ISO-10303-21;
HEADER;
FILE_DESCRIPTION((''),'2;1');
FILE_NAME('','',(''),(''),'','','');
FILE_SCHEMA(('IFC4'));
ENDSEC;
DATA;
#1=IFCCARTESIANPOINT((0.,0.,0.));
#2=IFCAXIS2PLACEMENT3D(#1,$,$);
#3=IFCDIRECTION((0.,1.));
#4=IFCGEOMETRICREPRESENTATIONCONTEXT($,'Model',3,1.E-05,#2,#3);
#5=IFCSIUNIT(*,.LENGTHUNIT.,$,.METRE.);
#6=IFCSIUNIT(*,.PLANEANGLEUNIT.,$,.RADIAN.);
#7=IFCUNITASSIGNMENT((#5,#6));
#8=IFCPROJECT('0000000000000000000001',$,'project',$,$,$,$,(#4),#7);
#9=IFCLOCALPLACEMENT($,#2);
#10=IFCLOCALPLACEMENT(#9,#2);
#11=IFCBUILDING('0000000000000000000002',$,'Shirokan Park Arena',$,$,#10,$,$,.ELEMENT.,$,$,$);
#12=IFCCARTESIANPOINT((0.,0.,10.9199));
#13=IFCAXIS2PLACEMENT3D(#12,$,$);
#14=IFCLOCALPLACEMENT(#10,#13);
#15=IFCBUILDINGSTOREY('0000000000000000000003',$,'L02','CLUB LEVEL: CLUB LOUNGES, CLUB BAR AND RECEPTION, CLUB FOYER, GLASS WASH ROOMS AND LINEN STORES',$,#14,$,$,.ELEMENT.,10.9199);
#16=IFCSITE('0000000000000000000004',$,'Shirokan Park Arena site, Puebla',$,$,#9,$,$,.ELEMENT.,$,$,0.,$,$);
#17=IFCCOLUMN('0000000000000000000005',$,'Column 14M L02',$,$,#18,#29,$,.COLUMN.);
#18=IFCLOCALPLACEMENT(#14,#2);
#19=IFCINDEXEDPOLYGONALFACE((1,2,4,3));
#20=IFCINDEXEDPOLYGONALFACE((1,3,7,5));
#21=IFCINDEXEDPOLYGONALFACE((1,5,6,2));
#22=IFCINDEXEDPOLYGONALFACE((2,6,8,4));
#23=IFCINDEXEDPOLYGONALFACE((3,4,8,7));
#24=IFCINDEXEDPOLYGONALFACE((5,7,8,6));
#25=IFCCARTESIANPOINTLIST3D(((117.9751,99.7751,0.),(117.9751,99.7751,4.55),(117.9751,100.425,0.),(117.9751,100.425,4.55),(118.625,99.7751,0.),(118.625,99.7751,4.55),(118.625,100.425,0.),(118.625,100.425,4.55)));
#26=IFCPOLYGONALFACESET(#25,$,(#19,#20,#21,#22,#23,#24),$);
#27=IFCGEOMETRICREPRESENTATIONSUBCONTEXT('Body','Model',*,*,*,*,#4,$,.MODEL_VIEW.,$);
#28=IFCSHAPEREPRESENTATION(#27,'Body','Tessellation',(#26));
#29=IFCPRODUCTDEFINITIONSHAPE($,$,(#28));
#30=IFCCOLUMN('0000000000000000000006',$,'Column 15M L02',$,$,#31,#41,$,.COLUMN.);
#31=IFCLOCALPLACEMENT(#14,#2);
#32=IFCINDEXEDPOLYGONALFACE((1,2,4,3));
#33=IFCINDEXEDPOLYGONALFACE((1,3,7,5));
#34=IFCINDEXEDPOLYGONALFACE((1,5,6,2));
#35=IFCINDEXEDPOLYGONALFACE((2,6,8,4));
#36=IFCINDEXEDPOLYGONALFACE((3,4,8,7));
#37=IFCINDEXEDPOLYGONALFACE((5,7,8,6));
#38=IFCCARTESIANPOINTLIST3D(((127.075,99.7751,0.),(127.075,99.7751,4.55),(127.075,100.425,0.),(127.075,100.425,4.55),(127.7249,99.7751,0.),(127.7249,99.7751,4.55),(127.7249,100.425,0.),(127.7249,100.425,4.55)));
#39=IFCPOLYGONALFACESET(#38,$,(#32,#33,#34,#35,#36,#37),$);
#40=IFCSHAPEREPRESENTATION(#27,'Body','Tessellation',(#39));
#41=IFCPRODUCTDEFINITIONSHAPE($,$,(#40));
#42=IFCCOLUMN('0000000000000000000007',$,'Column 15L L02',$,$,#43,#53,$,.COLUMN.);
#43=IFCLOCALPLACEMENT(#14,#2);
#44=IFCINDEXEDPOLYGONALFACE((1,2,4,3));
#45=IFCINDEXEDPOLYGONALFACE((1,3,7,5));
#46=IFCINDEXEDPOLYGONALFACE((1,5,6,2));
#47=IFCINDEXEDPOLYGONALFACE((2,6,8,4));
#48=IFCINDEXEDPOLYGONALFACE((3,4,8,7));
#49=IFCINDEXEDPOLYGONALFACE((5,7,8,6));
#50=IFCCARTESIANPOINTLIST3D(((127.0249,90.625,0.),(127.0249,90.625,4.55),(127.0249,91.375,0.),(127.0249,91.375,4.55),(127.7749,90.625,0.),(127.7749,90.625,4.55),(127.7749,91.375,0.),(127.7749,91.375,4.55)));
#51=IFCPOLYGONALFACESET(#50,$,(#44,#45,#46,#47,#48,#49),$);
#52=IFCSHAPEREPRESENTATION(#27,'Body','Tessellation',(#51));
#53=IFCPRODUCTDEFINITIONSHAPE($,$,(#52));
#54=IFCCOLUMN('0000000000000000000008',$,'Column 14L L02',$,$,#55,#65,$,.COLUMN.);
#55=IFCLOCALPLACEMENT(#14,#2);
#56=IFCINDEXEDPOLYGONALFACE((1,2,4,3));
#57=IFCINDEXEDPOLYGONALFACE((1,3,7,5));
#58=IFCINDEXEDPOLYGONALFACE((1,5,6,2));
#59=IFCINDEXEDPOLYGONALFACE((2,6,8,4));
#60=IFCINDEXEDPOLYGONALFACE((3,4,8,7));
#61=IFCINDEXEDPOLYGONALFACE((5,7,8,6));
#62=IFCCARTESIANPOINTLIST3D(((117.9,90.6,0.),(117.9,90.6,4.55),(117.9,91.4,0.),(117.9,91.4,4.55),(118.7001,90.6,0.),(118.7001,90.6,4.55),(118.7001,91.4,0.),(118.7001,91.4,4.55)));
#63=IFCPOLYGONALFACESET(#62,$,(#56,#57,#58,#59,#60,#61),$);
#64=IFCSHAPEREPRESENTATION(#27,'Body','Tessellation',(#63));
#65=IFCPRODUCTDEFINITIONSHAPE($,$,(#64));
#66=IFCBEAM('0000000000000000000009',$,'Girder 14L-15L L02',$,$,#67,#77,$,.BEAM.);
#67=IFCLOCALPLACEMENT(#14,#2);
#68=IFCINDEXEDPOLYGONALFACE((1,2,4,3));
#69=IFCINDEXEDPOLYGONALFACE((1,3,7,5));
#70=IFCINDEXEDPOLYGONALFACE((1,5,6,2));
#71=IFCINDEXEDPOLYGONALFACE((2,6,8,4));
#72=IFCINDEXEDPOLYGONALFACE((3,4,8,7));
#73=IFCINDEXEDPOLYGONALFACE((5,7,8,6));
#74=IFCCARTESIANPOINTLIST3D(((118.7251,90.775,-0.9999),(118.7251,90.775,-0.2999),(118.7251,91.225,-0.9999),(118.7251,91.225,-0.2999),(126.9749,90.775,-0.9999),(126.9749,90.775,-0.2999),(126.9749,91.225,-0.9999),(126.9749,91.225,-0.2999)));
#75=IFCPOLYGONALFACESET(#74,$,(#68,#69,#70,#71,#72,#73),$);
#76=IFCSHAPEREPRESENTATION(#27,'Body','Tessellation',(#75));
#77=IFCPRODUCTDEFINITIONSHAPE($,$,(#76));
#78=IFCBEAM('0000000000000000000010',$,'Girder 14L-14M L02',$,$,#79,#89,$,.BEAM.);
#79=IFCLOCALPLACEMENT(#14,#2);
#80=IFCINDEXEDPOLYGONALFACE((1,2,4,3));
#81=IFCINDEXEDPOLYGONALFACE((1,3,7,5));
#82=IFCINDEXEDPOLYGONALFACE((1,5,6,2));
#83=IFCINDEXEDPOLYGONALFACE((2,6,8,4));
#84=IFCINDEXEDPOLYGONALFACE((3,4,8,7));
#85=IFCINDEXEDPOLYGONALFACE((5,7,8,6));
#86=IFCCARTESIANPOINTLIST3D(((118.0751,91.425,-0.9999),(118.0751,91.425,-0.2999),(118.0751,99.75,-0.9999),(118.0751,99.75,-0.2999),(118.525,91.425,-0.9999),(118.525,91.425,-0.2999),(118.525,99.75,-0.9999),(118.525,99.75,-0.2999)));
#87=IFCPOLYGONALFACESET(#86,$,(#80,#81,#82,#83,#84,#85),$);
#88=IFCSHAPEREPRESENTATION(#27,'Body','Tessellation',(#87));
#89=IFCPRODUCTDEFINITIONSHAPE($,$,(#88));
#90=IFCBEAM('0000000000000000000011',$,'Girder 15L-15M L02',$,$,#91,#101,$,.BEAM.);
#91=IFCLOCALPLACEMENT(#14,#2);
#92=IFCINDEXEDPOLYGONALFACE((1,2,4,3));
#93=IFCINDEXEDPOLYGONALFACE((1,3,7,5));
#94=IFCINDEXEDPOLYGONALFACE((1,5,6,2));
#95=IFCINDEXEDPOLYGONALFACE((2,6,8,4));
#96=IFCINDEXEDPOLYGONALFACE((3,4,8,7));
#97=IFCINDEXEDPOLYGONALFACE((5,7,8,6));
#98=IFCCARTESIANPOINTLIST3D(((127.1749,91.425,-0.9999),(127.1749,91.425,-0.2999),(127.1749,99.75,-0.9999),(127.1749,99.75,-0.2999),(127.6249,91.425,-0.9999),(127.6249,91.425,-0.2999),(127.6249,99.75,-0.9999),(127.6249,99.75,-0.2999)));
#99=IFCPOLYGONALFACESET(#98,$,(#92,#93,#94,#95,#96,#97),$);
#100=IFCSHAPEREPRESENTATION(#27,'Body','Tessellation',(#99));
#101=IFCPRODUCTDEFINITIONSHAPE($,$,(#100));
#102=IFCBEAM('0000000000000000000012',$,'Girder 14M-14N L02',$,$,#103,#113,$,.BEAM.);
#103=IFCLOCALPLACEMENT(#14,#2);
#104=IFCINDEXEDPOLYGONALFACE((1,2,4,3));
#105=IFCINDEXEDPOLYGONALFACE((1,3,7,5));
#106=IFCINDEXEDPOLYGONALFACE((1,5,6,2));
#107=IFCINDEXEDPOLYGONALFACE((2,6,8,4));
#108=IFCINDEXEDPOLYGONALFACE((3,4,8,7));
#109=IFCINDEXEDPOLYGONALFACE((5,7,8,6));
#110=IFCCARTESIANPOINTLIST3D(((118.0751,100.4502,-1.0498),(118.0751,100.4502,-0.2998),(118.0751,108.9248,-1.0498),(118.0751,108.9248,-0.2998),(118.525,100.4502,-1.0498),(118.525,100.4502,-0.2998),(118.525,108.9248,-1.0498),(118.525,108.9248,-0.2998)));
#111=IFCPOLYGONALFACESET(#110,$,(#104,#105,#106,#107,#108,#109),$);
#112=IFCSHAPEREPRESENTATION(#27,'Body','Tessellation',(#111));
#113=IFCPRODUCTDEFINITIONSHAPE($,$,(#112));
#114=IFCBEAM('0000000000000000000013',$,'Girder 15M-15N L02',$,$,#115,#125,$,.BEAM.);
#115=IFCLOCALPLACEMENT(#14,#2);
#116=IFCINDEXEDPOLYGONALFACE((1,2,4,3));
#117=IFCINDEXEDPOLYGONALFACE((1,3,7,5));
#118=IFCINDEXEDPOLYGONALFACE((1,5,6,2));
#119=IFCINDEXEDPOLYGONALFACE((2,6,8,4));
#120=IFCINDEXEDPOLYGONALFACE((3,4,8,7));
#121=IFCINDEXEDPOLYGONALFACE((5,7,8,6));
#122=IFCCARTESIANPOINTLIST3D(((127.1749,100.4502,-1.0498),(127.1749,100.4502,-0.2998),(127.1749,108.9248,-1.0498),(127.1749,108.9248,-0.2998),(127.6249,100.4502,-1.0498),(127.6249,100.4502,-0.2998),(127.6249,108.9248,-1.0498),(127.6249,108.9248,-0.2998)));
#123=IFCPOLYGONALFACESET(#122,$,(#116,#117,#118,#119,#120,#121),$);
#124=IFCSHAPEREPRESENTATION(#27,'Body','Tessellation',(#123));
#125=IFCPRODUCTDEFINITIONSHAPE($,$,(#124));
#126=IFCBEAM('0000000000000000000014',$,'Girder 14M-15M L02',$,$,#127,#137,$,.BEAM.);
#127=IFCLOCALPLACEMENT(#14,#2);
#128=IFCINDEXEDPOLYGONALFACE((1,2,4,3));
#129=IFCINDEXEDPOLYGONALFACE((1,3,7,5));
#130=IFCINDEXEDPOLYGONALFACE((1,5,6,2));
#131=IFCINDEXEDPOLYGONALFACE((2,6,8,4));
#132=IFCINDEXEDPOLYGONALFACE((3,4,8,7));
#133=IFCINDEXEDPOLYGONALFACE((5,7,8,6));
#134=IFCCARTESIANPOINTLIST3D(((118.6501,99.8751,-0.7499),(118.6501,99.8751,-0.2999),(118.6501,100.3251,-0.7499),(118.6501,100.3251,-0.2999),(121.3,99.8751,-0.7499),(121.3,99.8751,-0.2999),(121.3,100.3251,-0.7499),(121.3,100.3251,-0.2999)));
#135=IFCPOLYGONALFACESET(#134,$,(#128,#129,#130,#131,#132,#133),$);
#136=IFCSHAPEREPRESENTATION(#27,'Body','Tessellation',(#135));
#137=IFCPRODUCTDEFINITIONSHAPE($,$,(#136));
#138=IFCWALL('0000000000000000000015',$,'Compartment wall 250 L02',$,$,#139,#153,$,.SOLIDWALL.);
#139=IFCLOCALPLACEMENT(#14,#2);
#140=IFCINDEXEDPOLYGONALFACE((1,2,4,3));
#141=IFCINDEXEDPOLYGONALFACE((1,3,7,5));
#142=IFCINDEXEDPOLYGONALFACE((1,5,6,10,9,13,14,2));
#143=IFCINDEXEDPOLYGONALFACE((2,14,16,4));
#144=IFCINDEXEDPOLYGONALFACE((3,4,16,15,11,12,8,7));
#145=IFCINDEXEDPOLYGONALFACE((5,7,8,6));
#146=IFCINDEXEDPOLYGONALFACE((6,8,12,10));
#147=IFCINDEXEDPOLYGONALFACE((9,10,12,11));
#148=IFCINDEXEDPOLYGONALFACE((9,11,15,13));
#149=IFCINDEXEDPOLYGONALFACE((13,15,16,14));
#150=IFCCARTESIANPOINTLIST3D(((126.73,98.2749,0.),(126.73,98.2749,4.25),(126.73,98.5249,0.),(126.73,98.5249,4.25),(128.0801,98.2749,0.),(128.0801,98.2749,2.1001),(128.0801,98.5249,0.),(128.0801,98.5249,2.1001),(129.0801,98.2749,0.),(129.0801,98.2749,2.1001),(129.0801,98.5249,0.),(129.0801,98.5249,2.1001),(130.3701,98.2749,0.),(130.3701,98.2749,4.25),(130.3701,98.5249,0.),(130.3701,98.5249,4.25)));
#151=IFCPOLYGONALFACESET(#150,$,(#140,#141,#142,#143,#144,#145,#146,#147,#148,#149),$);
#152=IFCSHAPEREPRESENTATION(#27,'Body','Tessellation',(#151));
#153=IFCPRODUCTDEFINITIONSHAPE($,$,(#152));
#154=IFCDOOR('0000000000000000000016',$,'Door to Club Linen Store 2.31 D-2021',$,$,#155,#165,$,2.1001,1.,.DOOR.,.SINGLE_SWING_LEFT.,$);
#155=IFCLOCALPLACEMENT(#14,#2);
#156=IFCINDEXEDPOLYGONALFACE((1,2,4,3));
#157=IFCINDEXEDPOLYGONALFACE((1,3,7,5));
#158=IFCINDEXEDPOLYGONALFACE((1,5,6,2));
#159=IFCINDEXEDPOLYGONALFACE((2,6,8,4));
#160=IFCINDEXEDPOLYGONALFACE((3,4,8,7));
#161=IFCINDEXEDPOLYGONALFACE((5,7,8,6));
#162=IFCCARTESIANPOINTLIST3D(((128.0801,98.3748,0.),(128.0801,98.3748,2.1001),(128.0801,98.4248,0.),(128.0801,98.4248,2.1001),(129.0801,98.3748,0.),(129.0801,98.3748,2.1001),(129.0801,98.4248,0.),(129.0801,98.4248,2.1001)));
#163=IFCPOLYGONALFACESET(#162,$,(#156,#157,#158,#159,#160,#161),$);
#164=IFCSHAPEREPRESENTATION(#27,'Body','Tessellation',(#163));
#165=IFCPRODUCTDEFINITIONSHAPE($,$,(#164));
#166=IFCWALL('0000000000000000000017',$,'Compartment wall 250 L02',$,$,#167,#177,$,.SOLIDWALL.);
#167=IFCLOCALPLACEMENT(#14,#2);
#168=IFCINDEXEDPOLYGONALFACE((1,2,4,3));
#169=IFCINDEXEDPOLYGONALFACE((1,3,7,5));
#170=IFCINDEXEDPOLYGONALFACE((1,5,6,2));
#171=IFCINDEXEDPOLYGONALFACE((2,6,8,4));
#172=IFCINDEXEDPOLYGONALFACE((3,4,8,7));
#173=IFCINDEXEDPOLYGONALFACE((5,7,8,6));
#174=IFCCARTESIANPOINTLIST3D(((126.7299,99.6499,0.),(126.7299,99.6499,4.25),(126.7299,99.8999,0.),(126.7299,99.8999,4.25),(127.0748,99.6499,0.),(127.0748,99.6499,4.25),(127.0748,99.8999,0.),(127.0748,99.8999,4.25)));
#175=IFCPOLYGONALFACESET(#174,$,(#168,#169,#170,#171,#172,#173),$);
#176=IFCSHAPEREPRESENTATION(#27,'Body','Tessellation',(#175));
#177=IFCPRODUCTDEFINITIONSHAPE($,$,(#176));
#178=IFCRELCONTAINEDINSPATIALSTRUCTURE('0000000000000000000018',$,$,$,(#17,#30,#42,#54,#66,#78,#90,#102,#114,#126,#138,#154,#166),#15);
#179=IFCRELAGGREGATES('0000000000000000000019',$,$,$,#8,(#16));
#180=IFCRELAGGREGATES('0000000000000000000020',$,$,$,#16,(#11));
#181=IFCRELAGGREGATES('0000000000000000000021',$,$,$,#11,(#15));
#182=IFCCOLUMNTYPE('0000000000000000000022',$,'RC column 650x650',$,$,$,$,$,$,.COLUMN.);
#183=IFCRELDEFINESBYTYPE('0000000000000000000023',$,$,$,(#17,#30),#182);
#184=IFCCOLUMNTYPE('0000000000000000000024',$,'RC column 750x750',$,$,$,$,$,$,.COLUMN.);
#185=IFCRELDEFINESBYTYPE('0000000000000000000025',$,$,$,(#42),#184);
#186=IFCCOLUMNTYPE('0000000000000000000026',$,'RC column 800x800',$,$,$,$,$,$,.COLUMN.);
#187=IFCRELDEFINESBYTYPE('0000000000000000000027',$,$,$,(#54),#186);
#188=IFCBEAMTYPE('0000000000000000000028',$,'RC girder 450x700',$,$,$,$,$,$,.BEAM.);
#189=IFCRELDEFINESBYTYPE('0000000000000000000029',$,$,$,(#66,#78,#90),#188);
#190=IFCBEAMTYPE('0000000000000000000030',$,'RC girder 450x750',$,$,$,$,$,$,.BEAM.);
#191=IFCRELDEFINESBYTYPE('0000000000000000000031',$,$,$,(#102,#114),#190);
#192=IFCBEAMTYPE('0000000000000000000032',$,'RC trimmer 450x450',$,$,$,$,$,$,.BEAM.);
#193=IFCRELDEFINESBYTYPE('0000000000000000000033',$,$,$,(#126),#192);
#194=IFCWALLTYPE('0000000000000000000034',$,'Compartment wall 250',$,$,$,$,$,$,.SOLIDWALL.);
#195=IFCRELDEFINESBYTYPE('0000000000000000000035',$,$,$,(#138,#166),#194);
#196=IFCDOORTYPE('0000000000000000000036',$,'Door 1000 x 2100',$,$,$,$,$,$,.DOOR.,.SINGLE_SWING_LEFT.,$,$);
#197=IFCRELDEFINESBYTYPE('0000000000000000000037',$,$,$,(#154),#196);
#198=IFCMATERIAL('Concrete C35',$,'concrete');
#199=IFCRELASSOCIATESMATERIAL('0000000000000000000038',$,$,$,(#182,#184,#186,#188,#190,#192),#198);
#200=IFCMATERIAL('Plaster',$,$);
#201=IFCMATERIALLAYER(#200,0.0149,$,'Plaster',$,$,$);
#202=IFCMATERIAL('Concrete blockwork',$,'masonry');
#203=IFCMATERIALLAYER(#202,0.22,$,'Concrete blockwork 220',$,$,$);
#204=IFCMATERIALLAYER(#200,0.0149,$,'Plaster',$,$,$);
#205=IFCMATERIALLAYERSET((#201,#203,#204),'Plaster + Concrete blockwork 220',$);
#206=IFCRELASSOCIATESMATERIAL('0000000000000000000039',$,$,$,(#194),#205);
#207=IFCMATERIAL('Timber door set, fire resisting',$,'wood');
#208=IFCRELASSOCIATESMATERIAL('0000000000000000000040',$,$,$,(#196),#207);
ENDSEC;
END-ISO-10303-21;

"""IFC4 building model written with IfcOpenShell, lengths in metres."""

from ifc_helpers import new_model, si_unit, direction, frame, frame_2d, origin, origin_2d, place, context, subcontext, project, spatial, rectangle, extrude, material, layer, layer_set, material_profile, profile_set, type_object, element, fill, save


model = new_model("IFC4")

# Units and contexts
model_context = context("Model", 3, precision=1e-05, world=origin(), true_north=direction((0.0, 1.0)))
body_context = subcontext(model_context, "Body", "Model", "MODEL_VIEW")
ifc_project = project(units=[si_unit("LENGTHUNIT", "METRE"), si_unit("PLANEANGLEUNIT", "RADIAN")], contexts=[model_context])

# Site, building, storey
site_placement = place(None, origin())
site = spatial("IfcSite", under=ifc_project, at=site_placement, Name="Shirokan Park Arena site, Puebla", CompositionType="ELEMENT", RefElevation=0.0)
building_placement = place(site_placement, origin())
building = spatial("IfcBuilding", under=site, at=building_placement, Name="Shirokan Park Arena", CompositionType="ELEMENT")
storey_placement = place(building_placement, frame((0.0, 0.0, 10.9199)))
storey = spatial("IfcBuildingStorey", under=building, at=storey_placement, Name="L02", Description="CLUB LEVEL: CLUB LOUNGES, CLUB BAR AND RECEPTION, CLUB FOYER, GLASS WASH ROOMS AND LINEN STORES", CompositionType="ELEMENT", Elevation=10.9199)

# Columns
ifc_material_1 = material(Name="Concrete C35", Category="concrete")
ifc_material_profile_1 = material_profile(ifc_material_1, rectangle(XDim=0.6499, YDim=0.6499, at=origin_2d()), Name="650x650")
ifc_profile_set_1 = profile_set([ifc_material_profile_1], Name="Concrete C35")
column_type_1 = type_object("IfcColumnType", Name="RC column 650x650", PredefinedType="COLUMN", material=ifc_profile_set_1)
for number, where, z_axis, x_axis, name in (
    (1, (118.3, 100.1001, 0.0), (0.0, 0.0, 1.0), (1.0, 0.0, 0.0), "Column 14M L02"),
    (2, (127.3999, 100.1001, 0.0), (0.0, 0.0, 1.0), (1.0, 0.0, 0.0), "Column 15M L02"),
):
    element("IfcColumn", number, at=place(storey_placement, frame(where, z_axis=z_axis, x_axis=x_axis)), inside=storey, type_object=column_type_1, Name=name, PredefinedType="COLUMN", context=body_context, shape_type="SweptSolid", body=[
        extrude(rectangle(XDim=0.6499, YDim=0.6499, at=origin_2d()), origin(), (0.0, 0.0, 1.0), 4.55),
    ])
ifc_material_profile_2 = material_profile(ifc_material_1, rectangle(XDim=0.75, YDim=0.75, at=origin_2d()), Name="750x750")
ifc_profile_set_2 = profile_set([ifc_material_profile_2], Name="Concrete C35")
column_type_2 = type_object("IfcColumnType", Name="RC column 750x750", PredefinedType="COLUMN", material=ifc_profile_set_2)
column_1_placement = place(storey_placement, frame((127.3999, 91.0, 0.0), z_axis=(0.0, 0.0, 1.0), x_axis=(1.0, 0.0, 0.0)))
element("IfcColumn", 3, at=column_1_placement, inside=storey, type_object=column_type_2, Name="Column 15L L02", PredefinedType="COLUMN", context=body_context, shape_type="SweptSolid", body=[
    extrude(rectangle(XDim=0.75, YDim=0.75, at=origin_2d()), origin(), (0.0, 0.0, 1.0), 4.55),
])
ifc_material_profile_3 = material_profile(ifc_material_1, rectangle(XDim=0.8, YDim=0.8, at=origin_2d()), Name="800x800")
ifc_profile_set_3 = profile_set([ifc_material_profile_3], Name="Concrete C35")
column_type_3 = type_object("IfcColumnType", Name="RC column 800x800", PredefinedType="COLUMN", material=ifc_profile_set_3)
column_2_placement = place(storey_placement, frame((118.3, 91.0, 0.0), z_axis=(0.0, 0.0, 1.0), x_axis=(1.0, 0.0, 0.0)))
element("IfcColumn", 4, at=column_2_placement, inside=storey, type_object=column_type_3, Name="Column 14L L02", PredefinedType="COLUMN", context=body_context, shape_type="SweptSolid", body=[
    extrude(rectangle(XDim=0.8, YDim=0.8, at=origin_2d()), origin(), (0.0, 0.0, 1.0), 4.55),
])

# Beams
ifc_material_profile_4 = material_profile(ifc_material_1, rectangle(XDim=0.45, YDim=0.7, at=origin_2d()), Name="450x700")
ifc_profile_set_4 = profile_set([ifc_material_profile_4], Name="Concrete C35")
beam_type_1 = type_object("IfcBeamType", Name="RC girder 450x700", PredefinedType="BEAM", material=ifc_profile_set_4)
beam_1_placement = place(storey_placement, frame((118.7251, 91.0, -0.6499), z_axis=(1.0, 0.0, 0.0), x_axis=(0.0, 1.0, 0.0)))
element("IfcBeam", 5, at=beam_1_placement, inside=storey, type_object=beam_type_1, Name="Girder 14L-15L L02", PredefinedType="BEAM", context=body_context, shape_type="SweptSolid", body=[
    extrude(rectangle(XDim=0.45, YDim=0.7, at=origin_2d()), origin(), (0.0, 0.0, 1.0), 8.2498),
])
for number, where, z_axis, x_axis, name in (
    (6, (118.3, 91.425, -0.6499), (0.0, 1.0, 0.0), (-1.0, 0.0, 0.0), "Girder 14L-14M L02"),
    (7, (127.3999, 91.425, -0.6499), (0.0, 1.0, 0.0), (-1.0, 0.0, 0.0), "Girder 15L-15M L02"),
):
    element("IfcBeam", number, at=place(storey_placement, frame(where, z_axis=z_axis, x_axis=x_axis)), inside=storey, type_object=beam_type_1, Name=name, PredefinedType="BEAM", context=body_context, shape_type="SweptSolid", body=[
        extrude(rectangle(XDim=0.45, YDim=0.7, at=origin_2d()), origin(), (0.0, 0.0, 1.0), 8.325),
    ])
ifc_material_profile_5 = material_profile(ifc_material_1, rectangle(XDim=0.45, YDim=0.75, at=origin_2d()), Name="450x750")
ifc_profile_set_5 = profile_set([ifc_material_profile_5], Name="Concrete C35")
beam_type_2 = type_object("IfcBeamType", Name="RC girder 450x750", PredefinedType="BEAM", material=ifc_profile_set_5)
for number, where, z_axis, x_axis, name in (
    (8, (118.3, 100.4502, -0.6748), (0.0, 1.0, 0.0), (-1.0, 0.0, 0.0), "Girder 14M-14N L02"),
    (9, (127.3999, 100.4502, -0.6748), (0.0, 1.0, 0.0), (-1.0, 0.0, 0.0), "Girder 15M-15N L02"),
):
    element("IfcBeam", number, at=place(storey_placement, frame(where, z_axis=z_axis, x_axis=x_axis)), inside=storey, type_object=beam_type_2, Name=name, PredefinedType="BEAM", context=body_context, shape_type="SweptSolid", body=[
        extrude(rectangle(XDim=0.45, YDim=0.75, at=origin_2d()), origin(), (0.0, 0.0, 1.0), 8.4746),
    ])
ifc_material_profile_6 = material_profile(ifc_material_1, rectangle(XDim=0.45, YDim=0.45, at=origin_2d()), Name="450x450")
ifc_profile_set_6 = profile_set([ifc_material_profile_6], Name="Concrete C35")
beam_type_3 = type_object("IfcBeamType", Name="RC trimmer 450x450", PredefinedType="BEAM", material=ifc_profile_set_6)
beam_2_placement = place(storey_placement, frame((118.6501, 100.1001, -0.5249), z_axis=(1.0, 0.0, 0.0), x_axis=(0.0, 1.0, 0.0)))
element("IfcBeam", 10, at=beam_2_placement, inside=storey, type_object=beam_type_3, Name="Girder 14M-15M L02", PredefinedType="BEAM", context=body_context, shape_type="SweptSolid", body=[
    extrude(rectangle(XDim=0.45, YDim=0.45, at=origin_2d()), origin(), (0.0, 0.0, 1.0), 2.6499),
])

# Wall, opening, door
ifc_material_2 = material(Name="Plaster")
ifc_layer_1 = layer(ifc_material_2, 0.0149, Name="Plaster")
ifc_material_3 = material(Name="Concrete blockwork", Category="masonry")
ifc_layer_2 = layer(ifc_material_3, 0.22, Name="Concrete blockwork 220")
ifc_layer_3 = layer(ifc_material_2, 0.0149, Name="Plaster")
ifc_layer_set_1 = layer_set([ifc_layer_1, ifc_layer_2, ifc_layer_3], Name="Plaster + Concrete blockwork 220")
wall_type_1 = type_object("IfcWallType", Name="Compartment wall 250", PredefinedType="SOLIDWALL", material=ifc_layer_set_1)
wall_1_placement = place(storey_placement, frame((126.73, 98.3999, 0.0), z_axis=(0.0, 0.0, 1.0), x_axis=(1.0, 0.0, 0.0)))
wall_1 = element("IfcWall", 11, at=wall_1_placement, inside=storey, type_object=wall_type_1, Name="Compartment wall 250 L02", PredefinedType="SOLIDWALL", context=body_context, shape_type="SweptSolid", body=[
    extrude(rectangle(XDim=3.6401, YDim=0.25, at=frame_2d((1.8201, 0.0))), origin(), (0.0, 0.0, 1.0), 4.25),
])
opening_1_placement = place(wall_1_placement, frame((1.3501, 0.0, 0.0)))
opening_1 = element("IfcOpeningElement", 12, at=opening_1_placement, cuts=wall_1, PredefinedType="OPENING", context=body_context, shape_type="SweptSolid", body=[
    extrude(rectangle(XDim=1.0, YDim=2.1001, at=frame_2d((0.5, 1.05))), frame((0.0, 0.135, 0.0), z_axis=(0.0, -1.0, 0.0), x_axis=(1.0, 0.0, 0.0)), (0.0, 0.0, 1.0), 0.27),
])
ifc_material_4 = material(Name="Timber door set, fire resisting", Category="wood")
door_type_1 = type_object("IfcDoorType", Name="Door 1000 x 2100", OperationType="SINGLE_SWING_LEFT", PredefinedType="DOOR", material=ifc_material_4)
door_1_placement = place(opening_1_placement, origin())
door_1 = element("IfcDoor", 13, at=door_1_placement, inside=storey, type_object=door_type_1, Name="Door to Club Linen Store 2.31 D-2021", OperationType="SINGLE_SWING_LEFT", OverallHeight=2.1001, OverallWidth=1.0, PredefinedType="DOOR", context=body_context, shape_type="SweptSolid", body=[
    extrude(rectangle(XDim=1.0, YDim=2.1001, at=frame_2d((0.5, 1.05))), frame((0.0, 0.0249, 0.0), z_axis=(0.0, -1.0, 0.0), x_axis=(1.0, 0.0, 0.0)), (0.0, 0.0, 1.0), 0.05),
])
fill(opening_1, door_1)

# Wall
for number, where, z_axis, x_axis, name in (
    (14, (126.73, 99.7749, 0.0), (0.0, 0.0, 1.0), (1.0, 0.0, 0.0), "Compartment wall 250 L02"),
):
    element("IfcWall", number, at=place(storey_placement, frame(where, z_axis=z_axis, x_axis=x_axis)), inside=storey, type_object=wall_type_1, Name=name, PredefinedType="SOLIDWALL", context=body_context, shape_type="SweptSolid", body=[
        extrude(rectangle(XDim=0.345, YDim=0.25, at=frame_2d((0.1724, 0.0))), origin(), (0.0, 0.0, 1.0), 4.25),
    ])

save(model, "model.ifc")
